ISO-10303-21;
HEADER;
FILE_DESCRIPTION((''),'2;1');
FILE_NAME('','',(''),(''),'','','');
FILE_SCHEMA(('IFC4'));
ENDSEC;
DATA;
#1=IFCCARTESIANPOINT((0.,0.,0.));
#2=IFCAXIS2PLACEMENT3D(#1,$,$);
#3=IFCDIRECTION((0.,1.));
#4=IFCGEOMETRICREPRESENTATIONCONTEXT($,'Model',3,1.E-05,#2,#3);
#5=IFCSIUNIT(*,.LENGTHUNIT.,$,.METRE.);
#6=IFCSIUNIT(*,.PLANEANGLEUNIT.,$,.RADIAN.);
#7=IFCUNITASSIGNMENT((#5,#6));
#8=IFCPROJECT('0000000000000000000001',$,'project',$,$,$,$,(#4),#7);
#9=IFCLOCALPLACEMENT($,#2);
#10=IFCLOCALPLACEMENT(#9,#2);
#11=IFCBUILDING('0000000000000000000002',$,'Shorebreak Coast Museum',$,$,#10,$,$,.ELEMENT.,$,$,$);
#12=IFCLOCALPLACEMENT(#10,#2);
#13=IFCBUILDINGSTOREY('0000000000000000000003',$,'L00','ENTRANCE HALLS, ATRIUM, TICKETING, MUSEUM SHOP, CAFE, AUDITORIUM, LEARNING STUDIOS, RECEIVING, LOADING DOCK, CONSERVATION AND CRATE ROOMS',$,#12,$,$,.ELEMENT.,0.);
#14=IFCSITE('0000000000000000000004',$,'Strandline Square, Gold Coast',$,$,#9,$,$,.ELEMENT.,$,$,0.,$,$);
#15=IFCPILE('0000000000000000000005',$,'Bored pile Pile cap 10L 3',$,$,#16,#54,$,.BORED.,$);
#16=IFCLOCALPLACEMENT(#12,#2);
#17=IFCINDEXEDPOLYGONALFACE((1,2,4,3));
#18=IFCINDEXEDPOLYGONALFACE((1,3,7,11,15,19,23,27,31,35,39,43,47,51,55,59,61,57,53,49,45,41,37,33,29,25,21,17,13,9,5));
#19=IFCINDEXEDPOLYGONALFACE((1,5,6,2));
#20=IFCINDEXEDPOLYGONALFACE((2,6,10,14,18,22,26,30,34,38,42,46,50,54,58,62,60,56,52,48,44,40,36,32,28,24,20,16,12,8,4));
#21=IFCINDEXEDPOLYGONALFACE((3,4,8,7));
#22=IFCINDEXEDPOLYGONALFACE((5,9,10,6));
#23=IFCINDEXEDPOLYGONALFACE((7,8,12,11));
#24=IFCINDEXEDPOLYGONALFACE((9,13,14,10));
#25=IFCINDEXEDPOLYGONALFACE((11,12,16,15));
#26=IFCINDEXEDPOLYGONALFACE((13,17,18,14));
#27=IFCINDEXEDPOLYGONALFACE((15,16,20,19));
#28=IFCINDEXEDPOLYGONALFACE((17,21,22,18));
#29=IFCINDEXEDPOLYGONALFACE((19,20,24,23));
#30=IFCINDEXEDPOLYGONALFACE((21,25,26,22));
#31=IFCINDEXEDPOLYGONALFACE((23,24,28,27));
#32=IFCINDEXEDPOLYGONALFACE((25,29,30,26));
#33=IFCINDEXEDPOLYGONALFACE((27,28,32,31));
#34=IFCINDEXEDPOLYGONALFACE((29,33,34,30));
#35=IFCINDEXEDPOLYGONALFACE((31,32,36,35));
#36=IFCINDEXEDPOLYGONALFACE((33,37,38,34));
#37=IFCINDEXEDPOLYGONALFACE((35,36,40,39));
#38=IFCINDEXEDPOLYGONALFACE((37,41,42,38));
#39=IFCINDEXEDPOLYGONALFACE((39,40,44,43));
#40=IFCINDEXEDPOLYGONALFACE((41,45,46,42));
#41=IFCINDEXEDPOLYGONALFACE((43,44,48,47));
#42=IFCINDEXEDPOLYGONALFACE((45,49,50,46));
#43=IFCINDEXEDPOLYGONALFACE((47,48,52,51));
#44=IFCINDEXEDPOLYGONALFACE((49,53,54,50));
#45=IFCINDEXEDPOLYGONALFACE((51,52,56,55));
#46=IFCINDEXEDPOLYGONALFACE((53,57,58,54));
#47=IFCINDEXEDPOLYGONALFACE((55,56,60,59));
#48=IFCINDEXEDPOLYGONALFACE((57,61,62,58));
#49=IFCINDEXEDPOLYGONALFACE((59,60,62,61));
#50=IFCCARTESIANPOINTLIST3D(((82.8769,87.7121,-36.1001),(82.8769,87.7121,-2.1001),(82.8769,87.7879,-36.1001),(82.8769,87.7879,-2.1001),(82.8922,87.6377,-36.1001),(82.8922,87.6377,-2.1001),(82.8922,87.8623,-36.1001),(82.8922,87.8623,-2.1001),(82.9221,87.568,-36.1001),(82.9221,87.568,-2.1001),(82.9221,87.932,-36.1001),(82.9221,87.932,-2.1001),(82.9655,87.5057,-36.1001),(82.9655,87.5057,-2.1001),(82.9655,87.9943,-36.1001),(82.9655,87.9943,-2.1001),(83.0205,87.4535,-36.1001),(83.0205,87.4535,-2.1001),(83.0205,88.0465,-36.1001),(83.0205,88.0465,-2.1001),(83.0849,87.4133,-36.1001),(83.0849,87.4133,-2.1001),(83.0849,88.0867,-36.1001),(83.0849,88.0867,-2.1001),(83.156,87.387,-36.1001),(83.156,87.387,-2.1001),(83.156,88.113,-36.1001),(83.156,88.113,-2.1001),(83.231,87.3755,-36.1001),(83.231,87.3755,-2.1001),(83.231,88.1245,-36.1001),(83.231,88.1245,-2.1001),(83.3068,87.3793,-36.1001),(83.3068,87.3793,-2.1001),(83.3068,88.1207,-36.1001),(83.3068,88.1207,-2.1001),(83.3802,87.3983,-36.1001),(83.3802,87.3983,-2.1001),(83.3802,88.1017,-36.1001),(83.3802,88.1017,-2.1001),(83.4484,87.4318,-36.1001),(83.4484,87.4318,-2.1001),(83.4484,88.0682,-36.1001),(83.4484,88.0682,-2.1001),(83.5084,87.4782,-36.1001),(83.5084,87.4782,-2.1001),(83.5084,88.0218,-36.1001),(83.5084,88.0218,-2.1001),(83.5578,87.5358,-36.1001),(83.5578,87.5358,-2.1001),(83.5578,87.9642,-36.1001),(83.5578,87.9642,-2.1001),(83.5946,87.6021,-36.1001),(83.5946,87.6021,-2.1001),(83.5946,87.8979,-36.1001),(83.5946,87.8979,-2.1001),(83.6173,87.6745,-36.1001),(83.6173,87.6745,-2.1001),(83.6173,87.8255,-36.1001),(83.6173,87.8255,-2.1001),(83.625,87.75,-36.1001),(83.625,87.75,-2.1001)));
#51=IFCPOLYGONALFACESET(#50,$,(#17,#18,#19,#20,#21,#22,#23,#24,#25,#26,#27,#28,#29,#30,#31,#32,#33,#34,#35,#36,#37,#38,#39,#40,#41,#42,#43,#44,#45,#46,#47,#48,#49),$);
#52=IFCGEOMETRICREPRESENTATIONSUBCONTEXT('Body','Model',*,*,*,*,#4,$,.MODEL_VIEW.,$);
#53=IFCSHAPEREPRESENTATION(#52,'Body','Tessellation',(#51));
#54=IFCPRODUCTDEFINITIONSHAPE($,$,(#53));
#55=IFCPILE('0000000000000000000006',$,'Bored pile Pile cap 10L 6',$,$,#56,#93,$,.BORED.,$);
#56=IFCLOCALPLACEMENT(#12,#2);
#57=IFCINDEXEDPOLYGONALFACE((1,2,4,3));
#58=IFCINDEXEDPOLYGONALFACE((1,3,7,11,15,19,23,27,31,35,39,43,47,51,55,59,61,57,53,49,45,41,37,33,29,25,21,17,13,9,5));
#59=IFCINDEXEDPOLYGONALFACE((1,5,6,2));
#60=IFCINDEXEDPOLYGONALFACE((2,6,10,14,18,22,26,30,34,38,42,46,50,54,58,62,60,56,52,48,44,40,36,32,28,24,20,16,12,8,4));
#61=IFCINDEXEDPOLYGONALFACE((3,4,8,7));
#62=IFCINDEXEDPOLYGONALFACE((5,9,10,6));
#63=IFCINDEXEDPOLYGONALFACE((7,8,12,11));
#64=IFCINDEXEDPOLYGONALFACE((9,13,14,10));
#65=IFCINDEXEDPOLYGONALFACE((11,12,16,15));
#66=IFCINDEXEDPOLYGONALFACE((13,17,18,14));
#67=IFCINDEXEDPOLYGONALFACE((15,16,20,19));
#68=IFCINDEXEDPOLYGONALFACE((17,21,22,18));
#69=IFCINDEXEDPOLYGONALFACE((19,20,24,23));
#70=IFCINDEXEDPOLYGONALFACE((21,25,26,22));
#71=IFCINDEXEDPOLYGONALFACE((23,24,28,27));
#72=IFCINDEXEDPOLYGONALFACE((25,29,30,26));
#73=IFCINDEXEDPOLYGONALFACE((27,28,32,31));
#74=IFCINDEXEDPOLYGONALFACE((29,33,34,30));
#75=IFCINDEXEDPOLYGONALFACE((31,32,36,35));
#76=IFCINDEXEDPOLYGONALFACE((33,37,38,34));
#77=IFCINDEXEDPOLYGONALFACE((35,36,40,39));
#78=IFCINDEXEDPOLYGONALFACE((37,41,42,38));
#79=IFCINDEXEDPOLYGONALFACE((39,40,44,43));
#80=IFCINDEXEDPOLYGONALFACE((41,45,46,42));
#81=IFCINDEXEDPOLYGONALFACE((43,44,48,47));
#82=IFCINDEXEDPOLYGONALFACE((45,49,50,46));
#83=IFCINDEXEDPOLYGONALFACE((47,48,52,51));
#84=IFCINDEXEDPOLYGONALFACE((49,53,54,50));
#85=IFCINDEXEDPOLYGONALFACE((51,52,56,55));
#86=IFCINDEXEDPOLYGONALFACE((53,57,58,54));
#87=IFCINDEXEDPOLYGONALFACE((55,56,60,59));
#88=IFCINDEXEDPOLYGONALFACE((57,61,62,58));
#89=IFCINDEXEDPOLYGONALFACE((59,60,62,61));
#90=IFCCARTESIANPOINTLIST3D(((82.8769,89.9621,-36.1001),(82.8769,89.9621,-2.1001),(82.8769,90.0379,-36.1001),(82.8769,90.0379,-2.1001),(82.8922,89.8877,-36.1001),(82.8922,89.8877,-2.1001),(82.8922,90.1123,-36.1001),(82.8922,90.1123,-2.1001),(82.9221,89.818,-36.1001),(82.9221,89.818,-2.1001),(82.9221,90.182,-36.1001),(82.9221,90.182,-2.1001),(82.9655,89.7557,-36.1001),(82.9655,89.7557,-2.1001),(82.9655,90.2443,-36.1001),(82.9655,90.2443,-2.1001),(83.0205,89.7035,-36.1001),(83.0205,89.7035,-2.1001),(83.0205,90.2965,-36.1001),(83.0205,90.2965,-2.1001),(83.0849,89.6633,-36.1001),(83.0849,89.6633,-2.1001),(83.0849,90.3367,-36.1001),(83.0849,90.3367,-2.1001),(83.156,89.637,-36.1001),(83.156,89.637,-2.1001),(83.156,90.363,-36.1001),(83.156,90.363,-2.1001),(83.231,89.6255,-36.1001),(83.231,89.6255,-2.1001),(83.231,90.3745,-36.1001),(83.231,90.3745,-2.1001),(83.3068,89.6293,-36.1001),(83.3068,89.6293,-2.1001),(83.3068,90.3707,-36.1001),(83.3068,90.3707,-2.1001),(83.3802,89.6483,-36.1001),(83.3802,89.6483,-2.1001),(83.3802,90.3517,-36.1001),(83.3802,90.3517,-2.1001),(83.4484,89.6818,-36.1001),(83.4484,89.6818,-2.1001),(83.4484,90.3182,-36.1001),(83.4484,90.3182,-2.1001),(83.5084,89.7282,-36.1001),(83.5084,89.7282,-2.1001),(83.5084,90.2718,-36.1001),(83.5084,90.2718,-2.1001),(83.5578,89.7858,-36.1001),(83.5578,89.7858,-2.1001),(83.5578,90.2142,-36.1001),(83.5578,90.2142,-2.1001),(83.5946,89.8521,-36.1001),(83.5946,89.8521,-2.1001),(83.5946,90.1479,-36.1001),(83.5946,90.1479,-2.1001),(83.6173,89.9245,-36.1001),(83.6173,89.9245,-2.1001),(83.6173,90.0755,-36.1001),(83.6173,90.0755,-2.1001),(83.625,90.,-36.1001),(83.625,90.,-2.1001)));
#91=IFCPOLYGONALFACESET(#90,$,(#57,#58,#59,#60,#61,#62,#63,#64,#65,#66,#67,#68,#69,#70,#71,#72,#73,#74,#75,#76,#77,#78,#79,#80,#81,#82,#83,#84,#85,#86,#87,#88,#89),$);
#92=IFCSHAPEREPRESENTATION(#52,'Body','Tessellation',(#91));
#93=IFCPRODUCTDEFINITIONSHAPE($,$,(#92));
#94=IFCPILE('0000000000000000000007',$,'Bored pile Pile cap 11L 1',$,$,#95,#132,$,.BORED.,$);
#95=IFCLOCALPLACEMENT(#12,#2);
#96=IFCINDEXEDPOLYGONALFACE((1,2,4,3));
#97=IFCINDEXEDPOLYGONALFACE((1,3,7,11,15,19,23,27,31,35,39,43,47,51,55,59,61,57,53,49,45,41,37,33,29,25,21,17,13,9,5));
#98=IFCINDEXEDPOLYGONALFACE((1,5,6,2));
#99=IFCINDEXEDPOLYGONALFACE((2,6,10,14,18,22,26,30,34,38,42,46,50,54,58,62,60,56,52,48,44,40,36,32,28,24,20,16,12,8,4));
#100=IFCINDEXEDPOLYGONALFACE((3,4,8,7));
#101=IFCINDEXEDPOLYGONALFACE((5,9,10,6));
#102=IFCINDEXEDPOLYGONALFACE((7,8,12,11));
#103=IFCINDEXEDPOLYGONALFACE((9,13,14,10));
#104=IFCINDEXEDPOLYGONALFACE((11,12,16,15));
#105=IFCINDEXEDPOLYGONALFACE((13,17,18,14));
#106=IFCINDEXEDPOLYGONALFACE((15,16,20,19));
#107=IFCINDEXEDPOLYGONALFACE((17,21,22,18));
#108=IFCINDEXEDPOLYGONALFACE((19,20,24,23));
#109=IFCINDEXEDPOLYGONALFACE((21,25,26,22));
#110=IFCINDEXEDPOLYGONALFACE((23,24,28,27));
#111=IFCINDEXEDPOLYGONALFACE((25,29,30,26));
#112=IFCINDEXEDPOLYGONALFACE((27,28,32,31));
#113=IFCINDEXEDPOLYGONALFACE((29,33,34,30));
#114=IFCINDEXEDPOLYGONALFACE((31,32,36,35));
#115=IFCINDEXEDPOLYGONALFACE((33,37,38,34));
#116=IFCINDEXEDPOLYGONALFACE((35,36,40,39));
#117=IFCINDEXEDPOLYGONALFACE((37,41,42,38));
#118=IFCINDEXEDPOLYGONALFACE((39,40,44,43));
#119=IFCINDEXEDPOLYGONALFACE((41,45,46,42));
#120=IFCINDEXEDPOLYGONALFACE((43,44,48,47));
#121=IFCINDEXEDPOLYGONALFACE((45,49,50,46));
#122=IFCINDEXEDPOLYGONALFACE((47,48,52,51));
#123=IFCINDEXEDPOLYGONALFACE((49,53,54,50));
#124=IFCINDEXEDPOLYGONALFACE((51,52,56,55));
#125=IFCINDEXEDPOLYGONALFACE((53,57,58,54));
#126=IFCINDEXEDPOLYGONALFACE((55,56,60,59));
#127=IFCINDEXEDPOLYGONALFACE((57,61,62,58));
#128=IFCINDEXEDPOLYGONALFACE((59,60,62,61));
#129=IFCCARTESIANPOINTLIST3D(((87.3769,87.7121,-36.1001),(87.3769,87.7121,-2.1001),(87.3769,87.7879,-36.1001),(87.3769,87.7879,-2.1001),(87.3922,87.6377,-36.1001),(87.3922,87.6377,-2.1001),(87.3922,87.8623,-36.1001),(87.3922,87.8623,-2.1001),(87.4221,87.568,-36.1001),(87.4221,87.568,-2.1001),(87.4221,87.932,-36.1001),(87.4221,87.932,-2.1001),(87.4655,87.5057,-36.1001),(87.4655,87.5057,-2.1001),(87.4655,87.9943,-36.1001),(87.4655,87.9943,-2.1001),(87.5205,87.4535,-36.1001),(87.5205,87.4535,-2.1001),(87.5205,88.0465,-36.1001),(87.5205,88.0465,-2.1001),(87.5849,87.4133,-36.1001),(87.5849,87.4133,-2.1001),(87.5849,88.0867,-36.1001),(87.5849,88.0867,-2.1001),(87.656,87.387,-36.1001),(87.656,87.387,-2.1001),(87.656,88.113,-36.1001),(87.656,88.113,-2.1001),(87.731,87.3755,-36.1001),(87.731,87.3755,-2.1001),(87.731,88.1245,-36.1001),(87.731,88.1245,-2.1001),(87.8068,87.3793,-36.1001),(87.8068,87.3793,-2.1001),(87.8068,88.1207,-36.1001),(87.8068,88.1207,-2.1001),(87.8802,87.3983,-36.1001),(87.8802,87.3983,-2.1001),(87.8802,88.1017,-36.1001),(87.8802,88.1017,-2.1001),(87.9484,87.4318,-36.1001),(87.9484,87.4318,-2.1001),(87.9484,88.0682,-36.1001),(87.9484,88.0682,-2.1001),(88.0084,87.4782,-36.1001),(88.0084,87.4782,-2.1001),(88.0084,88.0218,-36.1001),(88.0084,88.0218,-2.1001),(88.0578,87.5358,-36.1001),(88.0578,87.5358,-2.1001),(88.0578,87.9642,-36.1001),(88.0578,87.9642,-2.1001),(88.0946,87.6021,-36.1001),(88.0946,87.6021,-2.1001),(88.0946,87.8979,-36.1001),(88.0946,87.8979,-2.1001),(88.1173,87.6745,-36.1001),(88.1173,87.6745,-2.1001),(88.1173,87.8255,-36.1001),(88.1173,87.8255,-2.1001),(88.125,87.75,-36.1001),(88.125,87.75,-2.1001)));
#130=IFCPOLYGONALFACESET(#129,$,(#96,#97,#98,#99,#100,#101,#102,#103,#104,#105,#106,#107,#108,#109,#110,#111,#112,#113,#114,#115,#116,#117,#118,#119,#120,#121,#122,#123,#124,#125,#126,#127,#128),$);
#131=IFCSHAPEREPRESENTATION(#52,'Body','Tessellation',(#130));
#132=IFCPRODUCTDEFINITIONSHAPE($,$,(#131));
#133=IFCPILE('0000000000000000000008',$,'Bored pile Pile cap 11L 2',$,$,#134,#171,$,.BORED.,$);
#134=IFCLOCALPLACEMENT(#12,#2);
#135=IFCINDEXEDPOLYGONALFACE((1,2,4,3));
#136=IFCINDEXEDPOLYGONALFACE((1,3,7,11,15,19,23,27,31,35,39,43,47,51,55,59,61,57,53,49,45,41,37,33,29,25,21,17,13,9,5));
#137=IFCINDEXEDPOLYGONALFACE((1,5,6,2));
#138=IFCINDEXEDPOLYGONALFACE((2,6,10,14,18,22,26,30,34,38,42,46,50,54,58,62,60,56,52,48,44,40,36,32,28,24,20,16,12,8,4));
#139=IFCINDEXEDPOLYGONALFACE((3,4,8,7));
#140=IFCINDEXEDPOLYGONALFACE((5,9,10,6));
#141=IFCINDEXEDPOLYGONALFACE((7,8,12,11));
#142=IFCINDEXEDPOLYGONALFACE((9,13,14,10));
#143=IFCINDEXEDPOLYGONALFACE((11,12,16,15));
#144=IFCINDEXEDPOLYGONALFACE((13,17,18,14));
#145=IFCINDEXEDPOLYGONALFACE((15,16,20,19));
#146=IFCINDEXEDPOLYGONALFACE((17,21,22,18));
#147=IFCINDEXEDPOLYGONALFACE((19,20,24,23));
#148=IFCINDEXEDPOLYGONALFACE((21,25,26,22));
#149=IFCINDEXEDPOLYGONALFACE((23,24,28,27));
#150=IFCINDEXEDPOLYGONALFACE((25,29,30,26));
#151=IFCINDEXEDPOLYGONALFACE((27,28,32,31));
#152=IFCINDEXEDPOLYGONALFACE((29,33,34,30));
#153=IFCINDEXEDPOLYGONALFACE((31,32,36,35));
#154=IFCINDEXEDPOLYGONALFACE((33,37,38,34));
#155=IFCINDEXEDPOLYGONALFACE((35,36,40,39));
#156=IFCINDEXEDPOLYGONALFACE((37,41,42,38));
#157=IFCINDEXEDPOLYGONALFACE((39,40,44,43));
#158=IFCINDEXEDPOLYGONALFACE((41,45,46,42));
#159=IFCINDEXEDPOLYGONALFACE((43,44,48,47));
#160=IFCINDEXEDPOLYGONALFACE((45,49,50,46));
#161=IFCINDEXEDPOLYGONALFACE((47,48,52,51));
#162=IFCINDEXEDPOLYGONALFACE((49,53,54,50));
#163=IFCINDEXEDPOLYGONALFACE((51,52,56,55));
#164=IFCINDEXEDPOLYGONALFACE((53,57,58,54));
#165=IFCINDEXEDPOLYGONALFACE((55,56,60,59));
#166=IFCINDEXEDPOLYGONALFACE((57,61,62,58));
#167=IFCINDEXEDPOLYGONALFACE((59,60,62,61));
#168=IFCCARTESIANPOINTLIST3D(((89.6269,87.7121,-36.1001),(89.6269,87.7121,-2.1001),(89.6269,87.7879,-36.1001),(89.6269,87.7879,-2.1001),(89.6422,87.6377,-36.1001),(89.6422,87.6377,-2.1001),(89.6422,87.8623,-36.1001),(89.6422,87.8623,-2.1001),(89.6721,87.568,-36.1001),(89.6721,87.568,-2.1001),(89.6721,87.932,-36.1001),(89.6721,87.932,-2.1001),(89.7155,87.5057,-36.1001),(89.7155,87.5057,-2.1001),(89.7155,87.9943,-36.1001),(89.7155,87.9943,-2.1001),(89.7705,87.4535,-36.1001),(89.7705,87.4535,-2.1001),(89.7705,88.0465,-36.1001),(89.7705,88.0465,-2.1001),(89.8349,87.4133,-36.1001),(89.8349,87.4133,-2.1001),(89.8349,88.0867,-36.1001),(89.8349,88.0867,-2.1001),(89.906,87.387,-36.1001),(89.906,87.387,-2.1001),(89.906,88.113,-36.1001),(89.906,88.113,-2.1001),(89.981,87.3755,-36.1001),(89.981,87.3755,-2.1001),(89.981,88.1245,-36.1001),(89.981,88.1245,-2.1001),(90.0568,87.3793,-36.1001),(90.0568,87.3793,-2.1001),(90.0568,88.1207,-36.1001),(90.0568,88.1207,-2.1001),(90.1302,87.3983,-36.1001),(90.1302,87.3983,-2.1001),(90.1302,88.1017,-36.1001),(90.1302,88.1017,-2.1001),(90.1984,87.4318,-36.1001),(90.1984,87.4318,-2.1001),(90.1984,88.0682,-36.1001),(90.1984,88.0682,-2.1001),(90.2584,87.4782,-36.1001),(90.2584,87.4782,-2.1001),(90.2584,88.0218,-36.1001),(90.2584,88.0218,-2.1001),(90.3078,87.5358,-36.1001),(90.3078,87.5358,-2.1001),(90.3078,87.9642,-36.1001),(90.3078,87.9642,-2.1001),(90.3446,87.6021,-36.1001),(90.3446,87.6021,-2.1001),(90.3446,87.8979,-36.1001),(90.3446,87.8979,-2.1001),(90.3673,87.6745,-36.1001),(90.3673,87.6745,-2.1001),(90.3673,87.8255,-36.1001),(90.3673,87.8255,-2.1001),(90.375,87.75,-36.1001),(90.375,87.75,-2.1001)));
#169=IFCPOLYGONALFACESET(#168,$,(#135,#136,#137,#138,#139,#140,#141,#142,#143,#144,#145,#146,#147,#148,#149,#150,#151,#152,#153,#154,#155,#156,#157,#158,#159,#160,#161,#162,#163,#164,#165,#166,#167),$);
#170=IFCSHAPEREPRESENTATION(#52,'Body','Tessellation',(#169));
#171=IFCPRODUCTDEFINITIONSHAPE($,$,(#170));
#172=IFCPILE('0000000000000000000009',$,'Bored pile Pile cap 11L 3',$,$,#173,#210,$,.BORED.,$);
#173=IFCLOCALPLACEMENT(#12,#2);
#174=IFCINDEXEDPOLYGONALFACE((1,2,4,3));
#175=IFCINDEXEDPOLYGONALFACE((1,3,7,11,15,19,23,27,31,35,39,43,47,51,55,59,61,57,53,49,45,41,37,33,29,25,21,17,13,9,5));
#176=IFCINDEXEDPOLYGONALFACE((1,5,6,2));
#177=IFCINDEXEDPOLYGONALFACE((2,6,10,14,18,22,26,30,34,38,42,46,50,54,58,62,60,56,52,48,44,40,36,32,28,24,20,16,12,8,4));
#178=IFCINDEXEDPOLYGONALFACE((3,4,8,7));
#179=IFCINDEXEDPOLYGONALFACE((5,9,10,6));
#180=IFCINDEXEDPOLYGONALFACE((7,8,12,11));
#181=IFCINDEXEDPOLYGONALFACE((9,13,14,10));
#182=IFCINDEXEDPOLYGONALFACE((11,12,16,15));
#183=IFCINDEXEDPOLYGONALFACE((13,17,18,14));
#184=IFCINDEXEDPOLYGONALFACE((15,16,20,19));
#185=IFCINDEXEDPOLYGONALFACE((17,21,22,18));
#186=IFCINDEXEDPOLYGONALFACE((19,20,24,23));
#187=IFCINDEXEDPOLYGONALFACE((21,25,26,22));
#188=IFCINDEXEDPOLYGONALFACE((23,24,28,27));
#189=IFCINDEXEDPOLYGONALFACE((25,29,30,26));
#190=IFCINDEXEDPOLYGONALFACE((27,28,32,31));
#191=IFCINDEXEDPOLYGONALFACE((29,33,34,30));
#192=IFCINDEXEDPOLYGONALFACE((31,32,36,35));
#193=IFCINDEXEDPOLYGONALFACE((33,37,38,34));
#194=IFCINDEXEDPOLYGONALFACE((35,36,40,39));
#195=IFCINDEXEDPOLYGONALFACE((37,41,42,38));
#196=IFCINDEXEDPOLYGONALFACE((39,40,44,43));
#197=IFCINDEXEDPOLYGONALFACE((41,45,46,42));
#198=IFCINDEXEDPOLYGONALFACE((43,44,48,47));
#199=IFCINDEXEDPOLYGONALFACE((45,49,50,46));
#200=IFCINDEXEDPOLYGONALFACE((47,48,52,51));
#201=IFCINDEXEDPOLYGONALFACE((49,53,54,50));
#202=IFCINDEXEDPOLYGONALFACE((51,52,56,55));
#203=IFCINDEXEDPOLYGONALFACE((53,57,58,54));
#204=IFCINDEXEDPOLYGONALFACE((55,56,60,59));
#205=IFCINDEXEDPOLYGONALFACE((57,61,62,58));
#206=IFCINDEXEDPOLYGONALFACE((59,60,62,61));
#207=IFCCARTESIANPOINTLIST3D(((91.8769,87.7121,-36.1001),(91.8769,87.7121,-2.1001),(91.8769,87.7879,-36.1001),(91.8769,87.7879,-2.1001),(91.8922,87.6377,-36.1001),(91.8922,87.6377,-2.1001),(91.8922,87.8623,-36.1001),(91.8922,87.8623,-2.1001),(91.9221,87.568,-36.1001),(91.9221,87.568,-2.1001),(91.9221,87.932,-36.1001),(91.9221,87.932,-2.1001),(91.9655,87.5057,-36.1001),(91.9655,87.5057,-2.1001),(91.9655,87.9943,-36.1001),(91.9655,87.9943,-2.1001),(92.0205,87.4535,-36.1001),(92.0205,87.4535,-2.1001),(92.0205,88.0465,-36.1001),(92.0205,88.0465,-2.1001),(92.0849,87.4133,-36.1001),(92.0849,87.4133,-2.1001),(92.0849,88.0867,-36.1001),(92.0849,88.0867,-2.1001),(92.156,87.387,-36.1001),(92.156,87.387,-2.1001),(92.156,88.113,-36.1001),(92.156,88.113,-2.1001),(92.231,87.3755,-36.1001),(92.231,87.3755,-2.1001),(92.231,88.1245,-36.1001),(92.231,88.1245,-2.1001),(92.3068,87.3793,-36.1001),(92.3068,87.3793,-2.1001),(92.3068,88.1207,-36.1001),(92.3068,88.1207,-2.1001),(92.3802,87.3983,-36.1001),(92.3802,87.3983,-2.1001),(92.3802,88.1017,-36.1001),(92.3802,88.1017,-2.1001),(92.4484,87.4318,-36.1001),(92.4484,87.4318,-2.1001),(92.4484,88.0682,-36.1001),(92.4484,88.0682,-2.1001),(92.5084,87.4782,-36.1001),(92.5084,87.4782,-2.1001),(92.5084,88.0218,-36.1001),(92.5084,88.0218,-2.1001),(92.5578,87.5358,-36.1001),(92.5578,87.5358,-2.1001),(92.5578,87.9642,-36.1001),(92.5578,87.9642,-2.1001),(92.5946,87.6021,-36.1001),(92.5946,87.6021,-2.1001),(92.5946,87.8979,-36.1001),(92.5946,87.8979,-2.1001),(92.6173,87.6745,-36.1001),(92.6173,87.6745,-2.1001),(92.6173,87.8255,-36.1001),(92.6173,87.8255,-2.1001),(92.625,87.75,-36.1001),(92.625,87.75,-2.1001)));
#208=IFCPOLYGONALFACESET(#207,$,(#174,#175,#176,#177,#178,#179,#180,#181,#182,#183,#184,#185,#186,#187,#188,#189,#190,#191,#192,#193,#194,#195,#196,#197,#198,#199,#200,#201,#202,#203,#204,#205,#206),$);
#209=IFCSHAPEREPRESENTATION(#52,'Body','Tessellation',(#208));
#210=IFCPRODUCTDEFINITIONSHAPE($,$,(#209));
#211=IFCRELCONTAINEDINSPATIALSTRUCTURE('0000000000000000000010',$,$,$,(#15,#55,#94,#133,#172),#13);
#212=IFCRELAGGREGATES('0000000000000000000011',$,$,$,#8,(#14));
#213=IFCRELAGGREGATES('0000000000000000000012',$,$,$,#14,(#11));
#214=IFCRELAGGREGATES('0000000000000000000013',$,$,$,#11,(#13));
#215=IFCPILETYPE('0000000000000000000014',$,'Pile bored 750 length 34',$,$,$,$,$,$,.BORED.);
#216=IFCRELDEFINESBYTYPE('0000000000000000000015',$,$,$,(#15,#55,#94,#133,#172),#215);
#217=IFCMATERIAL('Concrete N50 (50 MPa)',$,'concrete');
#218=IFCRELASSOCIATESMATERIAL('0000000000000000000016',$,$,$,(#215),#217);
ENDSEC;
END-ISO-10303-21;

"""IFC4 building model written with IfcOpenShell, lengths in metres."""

from ifc_helpers import new_model, si_unit, direction, frame, origin, origin_2d, place, context, subcontext, project, spatial, circle, extrude, material, material_profile, profile_set, type_object, element, save


model = new_model("IFC4")

# Units and contexts
model_context = context("Model", 3, precision=1e-05, world=origin(), true_north=direction((0.0, 1.0)))
body_context = subcontext(model_context, "Body", "Model", "MODEL_VIEW")
ifc_project = project(units=[si_unit("LENGTHUNIT", "METRE"), si_unit("PLANEANGLEUNIT", "RADIAN")], contexts=[model_context])

# Site, building, storey
site_placement = place(None, origin())
site = spatial("IfcSite", under=ifc_project, at=site_placement, Name="Strandline Square, Gold Coast", CompositionType="ELEMENT", RefElevation=0.0)
building_placement = place(site_placement, origin())
building = spatial("IfcBuilding", under=site, at=building_placement, Name="Shorebreak Coast Museum", CompositionType="ELEMENT")
storey_placement = place(building_placement, origin())
storey = spatial("IfcBuildingStorey", under=building, at=storey_placement, Name="L00", Description="ENTRANCE HALLS, ATRIUM, TICKETING, MUSEUM SHOP, CAFE, AUDITORIUM, LEARNING STUDIOS, RECEIVING, LOADING DOCK, CONSERVATION AND CRATE ROOMS", CompositionType="ELEMENT", Elevation=0.0)

# Piles
ifc_material_1 = material(Name="Concrete N50 (50 MPa)", Category="concrete")
ifc_material_profile_1 = material_profile(ifc_material_1, circle(Radius=0.375, at=origin_2d()), Name="Pile bored 750 length 34")
ifc_profile_set_1 = profile_set([ifc_material_profile_1], Name="Concrete N50 (50 MPa)")
pile_type_1 = type_object("IfcPileType", Name="Pile bored 750 length 34", PredefinedType="BORED", material=ifc_profile_set_1)
for number, where, z_axis, x_axis, name in (
    (1, (83.25, 87.75, -2.1001), (0.0, 0.0, -1.0), (1.0, 0.0, 0.0), "Bored pile Pile cap 10L 3"),
    (2, (83.25, 90.0, -2.1001), (0.0, 0.0, -1.0), (1.0, 0.0, 0.0), "Bored pile Pile cap 10L 6"),
    (3, (87.75, 87.75, -2.1001), (0.0, 0.0, -1.0), (1.0, 0.0, 0.0), "Bored pile Pile cap 11L 1"),
    (4, (90.0, 87.75, -2.1001), (0.0, 0.0, -1.0), (1.0, 0.0, 0.0), "Bored pile Pile cap 11L 2"),
    (5, (92.25, 87.75, -2.1001), (0.0, 0.0, -1.0), (1.0, 0.0, 0.0), "Bored pile Pile cap 11L 3"),
):
    element("IfcPile", number, at=place(storey_placement, frame(where, z_axis=z_axis, x_axis=x_axis)), inside=storey, type_object=pile_type_1, Name=name, PredefinedType="BORED", context=body_context, shape_type="SweptSolid", body=[
        extrude(circle(Radius=0.375, at=origin_2d()), origin(), (0.0, 0.0, 1.0), 34.0),
    ])

save(model, "model.ifc")
